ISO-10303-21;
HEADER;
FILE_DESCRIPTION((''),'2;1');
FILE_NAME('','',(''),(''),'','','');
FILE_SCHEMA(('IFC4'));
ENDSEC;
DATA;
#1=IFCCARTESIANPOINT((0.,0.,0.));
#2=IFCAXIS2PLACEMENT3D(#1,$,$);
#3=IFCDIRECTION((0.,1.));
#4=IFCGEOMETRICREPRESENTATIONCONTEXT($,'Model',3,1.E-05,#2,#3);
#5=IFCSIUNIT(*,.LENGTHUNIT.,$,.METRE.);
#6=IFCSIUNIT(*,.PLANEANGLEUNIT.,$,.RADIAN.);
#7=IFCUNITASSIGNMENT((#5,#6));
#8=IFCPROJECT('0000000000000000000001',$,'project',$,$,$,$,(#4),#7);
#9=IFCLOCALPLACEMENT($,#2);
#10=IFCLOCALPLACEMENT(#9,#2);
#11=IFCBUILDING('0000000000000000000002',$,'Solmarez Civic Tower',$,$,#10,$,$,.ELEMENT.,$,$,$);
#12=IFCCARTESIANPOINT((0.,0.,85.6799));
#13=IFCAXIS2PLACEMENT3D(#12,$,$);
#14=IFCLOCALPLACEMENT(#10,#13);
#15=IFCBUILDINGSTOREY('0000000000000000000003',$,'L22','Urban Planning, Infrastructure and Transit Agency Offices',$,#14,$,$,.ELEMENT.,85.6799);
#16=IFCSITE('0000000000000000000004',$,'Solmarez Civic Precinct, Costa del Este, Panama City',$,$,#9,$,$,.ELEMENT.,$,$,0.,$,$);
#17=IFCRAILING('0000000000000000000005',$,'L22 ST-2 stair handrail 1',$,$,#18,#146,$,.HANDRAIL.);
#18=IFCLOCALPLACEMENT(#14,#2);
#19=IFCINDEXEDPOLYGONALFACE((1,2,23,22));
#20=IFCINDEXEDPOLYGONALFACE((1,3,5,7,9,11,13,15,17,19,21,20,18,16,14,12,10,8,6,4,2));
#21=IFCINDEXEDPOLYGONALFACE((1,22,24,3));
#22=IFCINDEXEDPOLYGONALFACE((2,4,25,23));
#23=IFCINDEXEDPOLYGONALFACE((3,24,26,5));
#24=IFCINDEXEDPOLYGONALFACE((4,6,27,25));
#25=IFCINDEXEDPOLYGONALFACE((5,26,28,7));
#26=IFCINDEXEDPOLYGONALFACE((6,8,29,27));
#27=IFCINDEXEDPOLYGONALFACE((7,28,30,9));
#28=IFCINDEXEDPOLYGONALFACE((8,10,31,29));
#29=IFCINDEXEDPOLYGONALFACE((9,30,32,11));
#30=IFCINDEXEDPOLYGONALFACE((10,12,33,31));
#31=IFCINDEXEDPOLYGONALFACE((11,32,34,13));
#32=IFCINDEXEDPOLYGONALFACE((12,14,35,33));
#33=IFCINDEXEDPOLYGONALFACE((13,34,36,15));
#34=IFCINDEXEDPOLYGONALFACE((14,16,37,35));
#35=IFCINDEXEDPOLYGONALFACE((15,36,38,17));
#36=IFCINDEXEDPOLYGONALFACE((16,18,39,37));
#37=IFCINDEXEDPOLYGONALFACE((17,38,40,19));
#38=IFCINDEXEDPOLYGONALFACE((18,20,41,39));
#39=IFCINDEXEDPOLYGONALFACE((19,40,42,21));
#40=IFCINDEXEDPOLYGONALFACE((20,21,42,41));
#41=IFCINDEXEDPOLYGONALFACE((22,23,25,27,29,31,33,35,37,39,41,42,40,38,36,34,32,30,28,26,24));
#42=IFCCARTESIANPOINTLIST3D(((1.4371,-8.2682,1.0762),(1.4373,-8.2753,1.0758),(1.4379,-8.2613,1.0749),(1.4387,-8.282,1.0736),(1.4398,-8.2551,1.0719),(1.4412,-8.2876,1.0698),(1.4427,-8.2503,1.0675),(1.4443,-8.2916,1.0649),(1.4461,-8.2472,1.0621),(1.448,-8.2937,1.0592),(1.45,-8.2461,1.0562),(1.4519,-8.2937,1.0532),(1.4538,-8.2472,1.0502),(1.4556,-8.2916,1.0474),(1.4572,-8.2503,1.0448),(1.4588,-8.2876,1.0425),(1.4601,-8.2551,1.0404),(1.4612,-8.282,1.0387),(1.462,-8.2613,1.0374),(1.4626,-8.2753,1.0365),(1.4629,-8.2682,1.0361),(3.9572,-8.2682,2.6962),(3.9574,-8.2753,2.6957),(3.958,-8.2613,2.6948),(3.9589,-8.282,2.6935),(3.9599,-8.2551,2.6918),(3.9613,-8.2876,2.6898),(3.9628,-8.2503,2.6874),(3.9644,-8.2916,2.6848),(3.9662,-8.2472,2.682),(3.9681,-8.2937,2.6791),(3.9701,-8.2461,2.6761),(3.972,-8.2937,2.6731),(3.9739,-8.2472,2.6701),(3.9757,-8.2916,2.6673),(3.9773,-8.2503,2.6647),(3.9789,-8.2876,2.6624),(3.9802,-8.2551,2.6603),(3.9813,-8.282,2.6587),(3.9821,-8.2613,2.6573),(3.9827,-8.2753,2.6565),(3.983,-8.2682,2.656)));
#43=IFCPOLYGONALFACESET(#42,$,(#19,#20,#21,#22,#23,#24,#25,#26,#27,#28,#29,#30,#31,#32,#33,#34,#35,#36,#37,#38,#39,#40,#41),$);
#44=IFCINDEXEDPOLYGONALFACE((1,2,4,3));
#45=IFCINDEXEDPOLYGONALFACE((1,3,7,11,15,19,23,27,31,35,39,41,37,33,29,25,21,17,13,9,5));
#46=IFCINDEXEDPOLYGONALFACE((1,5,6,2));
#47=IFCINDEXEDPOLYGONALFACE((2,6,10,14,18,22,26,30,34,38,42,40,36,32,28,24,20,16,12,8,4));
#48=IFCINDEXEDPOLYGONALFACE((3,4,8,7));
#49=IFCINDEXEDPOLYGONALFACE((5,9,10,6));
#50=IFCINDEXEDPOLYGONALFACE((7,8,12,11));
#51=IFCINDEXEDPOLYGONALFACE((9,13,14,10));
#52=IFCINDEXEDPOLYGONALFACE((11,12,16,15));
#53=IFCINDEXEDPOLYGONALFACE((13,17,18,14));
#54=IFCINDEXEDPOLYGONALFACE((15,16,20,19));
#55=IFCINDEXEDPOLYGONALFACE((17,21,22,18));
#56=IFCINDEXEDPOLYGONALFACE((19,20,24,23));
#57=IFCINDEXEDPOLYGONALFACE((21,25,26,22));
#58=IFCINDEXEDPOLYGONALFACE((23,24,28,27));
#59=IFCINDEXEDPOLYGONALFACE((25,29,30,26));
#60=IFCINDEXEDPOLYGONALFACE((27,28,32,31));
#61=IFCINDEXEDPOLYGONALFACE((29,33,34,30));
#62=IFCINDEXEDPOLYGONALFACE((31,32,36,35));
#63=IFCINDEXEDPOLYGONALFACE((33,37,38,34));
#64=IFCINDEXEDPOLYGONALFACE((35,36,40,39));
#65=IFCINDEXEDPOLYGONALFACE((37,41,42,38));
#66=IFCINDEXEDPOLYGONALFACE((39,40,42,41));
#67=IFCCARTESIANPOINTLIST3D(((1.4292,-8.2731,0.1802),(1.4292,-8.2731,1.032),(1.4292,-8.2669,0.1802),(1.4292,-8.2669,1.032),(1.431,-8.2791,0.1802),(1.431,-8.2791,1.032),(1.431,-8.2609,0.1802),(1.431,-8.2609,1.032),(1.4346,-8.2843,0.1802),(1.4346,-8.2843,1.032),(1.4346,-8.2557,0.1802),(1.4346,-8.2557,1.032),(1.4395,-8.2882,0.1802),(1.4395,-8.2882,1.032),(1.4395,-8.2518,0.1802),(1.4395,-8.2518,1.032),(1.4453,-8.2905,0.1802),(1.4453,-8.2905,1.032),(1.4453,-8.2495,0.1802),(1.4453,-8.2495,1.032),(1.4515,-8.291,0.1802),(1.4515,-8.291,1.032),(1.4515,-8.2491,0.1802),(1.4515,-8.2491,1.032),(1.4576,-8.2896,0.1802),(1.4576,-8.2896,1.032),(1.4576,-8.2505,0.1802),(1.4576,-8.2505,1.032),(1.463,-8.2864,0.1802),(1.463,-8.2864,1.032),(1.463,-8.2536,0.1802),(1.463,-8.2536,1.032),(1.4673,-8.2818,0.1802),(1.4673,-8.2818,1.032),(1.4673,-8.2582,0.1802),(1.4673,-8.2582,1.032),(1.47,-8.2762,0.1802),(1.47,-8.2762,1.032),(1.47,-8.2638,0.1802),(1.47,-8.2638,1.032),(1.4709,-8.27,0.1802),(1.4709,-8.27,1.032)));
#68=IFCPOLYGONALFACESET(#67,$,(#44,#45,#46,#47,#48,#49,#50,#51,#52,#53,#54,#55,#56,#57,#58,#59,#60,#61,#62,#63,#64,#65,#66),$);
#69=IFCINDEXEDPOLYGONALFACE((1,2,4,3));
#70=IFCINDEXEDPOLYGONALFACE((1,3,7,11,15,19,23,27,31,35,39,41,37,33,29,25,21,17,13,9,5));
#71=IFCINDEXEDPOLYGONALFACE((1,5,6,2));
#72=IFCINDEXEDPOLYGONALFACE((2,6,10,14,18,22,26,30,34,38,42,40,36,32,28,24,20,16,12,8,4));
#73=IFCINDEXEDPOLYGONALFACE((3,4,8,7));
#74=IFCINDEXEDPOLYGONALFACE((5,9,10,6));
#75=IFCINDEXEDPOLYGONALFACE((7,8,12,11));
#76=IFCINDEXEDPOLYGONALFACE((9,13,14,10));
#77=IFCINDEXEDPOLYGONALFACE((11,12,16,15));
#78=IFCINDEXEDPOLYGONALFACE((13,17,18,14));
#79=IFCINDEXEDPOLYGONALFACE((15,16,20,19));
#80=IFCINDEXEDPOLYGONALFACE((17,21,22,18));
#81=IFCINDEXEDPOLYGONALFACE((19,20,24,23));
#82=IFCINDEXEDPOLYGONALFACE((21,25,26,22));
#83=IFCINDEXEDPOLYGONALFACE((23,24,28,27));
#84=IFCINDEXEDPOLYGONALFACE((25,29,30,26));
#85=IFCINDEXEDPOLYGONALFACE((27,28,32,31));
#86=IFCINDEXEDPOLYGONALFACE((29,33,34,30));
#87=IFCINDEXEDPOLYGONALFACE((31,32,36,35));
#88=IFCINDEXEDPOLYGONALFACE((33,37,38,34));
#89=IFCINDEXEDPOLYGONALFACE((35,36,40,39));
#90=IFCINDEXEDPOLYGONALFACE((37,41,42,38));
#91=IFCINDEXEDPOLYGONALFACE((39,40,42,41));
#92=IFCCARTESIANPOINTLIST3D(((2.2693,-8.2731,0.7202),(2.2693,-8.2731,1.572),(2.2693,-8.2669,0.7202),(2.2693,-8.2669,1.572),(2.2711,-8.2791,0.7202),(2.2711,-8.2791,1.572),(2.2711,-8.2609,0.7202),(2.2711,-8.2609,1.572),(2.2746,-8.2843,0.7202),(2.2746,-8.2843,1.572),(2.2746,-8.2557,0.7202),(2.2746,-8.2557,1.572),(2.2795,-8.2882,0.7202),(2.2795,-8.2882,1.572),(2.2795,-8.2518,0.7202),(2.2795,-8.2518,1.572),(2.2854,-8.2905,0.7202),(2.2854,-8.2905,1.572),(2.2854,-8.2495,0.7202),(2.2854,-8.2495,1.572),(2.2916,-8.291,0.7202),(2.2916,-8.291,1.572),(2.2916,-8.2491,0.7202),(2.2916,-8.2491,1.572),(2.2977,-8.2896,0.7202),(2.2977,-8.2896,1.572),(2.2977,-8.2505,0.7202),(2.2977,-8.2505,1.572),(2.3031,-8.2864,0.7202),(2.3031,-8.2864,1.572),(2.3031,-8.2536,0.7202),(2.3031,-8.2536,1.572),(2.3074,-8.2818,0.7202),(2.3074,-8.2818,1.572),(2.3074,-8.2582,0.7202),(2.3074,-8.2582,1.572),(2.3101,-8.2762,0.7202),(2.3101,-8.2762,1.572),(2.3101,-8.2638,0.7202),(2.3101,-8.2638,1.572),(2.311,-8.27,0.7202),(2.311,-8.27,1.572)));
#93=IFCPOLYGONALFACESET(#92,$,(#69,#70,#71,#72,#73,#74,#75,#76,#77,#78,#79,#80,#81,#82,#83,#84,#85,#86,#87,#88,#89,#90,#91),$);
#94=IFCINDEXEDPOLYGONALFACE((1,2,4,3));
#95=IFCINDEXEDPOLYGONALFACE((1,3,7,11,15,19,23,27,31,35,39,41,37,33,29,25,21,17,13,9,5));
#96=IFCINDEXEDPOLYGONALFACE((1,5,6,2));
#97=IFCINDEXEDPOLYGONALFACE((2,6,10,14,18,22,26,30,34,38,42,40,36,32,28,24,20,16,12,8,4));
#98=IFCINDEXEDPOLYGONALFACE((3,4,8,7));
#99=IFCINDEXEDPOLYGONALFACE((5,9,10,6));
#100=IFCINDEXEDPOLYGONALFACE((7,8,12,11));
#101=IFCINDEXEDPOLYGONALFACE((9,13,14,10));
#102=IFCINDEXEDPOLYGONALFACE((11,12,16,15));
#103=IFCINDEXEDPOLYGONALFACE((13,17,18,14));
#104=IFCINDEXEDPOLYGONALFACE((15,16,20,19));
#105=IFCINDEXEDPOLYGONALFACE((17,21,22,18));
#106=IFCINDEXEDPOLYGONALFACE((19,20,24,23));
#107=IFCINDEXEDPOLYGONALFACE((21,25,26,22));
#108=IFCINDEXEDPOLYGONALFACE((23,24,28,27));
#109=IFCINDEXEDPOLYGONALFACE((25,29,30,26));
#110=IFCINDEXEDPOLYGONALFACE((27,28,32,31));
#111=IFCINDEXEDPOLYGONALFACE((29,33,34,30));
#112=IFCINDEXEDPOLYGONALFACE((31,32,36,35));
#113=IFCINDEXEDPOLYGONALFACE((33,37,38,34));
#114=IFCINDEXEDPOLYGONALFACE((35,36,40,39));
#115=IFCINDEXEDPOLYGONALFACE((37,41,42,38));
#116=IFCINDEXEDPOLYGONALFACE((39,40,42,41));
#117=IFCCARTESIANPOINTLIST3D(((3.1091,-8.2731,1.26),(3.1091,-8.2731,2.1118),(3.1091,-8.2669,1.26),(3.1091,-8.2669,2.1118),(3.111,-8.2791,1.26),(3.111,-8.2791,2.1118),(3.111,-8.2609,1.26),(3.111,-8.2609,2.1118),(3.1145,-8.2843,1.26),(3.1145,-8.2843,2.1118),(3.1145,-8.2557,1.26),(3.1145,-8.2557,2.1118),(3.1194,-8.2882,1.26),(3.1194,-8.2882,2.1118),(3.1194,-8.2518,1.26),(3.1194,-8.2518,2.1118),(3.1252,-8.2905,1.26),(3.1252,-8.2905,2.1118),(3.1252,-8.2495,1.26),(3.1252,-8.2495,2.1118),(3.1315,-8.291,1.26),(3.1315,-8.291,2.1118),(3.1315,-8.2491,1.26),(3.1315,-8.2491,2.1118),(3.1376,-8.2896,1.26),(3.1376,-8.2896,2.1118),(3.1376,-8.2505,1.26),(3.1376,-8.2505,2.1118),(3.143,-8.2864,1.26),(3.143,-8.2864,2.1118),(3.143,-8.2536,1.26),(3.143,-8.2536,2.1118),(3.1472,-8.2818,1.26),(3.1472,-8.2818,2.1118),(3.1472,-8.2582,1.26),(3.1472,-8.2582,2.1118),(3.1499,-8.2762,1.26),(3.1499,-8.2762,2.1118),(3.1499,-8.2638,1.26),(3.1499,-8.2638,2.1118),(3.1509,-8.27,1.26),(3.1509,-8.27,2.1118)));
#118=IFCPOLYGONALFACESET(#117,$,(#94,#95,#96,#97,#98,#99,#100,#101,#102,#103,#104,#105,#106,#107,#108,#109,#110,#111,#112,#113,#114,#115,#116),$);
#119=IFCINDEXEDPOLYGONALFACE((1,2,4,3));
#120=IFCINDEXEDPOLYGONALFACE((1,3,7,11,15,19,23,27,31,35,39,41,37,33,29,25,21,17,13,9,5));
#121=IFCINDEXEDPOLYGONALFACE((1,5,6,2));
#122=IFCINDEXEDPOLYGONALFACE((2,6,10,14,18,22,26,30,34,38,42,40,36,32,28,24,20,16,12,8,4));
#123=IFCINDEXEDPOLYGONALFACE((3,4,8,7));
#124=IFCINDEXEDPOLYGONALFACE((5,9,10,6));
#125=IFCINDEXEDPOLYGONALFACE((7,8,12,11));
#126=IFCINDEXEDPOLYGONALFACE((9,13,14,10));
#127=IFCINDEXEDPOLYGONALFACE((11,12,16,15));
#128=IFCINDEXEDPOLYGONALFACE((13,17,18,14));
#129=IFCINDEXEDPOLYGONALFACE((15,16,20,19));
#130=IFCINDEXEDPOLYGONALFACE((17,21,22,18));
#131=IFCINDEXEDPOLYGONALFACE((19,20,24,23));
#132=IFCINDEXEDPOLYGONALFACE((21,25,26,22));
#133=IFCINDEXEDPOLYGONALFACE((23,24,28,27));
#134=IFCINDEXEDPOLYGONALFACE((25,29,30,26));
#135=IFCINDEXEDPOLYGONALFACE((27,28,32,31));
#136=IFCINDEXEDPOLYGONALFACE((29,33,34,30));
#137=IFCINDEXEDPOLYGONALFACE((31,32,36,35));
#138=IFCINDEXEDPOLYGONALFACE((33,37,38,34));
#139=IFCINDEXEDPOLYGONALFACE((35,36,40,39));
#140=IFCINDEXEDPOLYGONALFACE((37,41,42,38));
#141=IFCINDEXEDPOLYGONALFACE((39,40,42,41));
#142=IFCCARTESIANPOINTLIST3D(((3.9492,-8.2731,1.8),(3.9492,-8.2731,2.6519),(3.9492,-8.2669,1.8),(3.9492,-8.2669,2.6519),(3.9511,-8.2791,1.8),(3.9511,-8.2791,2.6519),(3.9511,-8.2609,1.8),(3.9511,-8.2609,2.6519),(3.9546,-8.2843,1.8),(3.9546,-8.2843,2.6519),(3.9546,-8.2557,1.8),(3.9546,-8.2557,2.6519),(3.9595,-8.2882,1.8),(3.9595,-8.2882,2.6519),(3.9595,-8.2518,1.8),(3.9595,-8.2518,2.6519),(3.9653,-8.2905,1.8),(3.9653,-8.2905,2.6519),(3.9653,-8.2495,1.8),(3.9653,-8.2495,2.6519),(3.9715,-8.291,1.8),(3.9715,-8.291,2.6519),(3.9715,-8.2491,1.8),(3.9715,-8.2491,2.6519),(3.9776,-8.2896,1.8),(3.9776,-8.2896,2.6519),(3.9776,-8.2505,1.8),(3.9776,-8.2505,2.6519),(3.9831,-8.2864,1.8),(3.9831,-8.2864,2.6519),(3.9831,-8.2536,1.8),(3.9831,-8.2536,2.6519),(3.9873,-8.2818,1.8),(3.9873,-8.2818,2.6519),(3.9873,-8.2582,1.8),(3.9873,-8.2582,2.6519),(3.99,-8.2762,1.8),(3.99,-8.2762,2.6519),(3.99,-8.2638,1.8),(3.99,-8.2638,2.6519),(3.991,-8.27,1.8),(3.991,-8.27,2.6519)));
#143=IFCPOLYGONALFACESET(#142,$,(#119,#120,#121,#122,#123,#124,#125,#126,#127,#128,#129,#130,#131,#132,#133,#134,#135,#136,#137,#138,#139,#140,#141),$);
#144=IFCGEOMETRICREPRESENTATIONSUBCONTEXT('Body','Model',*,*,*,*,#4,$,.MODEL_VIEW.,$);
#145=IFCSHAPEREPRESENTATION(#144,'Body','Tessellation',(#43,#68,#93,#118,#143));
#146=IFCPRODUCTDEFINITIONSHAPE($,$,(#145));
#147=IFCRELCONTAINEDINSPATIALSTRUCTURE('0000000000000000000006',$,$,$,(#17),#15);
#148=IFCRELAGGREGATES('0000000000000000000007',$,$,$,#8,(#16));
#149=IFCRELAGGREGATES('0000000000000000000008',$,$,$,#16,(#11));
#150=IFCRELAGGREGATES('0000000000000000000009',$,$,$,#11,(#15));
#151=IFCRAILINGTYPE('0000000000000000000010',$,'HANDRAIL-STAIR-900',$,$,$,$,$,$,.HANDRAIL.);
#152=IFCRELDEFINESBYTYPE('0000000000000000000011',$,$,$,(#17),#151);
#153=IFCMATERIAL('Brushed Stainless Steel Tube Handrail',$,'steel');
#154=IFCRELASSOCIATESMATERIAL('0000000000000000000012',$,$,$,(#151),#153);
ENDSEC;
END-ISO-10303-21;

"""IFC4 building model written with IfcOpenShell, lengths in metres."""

from ifc_helpers import new_model, si_unit, direction, frame, origin, origin_2d, place, context, subcontext, project, spatial, circle, extrude, material, type_object, element, save


model = new_model("IFC4")

# Units and contexts
model_context = context("Model", 3, precision=1e-05, world=origin(), true_north=direction((0.0, 1.0)))
body_context = subcontext(model_context, "Body", "Model", "MODEL_VIEW")
ifc_project = project(units=[si_unit("LENGTHUNIT", "METRE"), si_unit("PLANEANGLEUNIT", "RADIAN")], contexts=[model_context])

# Site, building, storey
site_placement = place(None, origin())
site = spatial("IfcSite", under=ifc_project, at=site_placement, Name="Solmarez Civic Precinct, Costa del Este, Panama City", CompositionType="ELEMENT", RefElevation=0.0)
building_placement = place(site_placement, origin())
building = spatial("IfcBuilding", under=site, at=building_placement, Name="Solmarez Civic Tower", CompositionType="ELEMENT")
storey_placement = place(building_placement, frame((0.0, 0.0, 85.6799)))
storey = spatial("IfcBuildingStorey", under=building, at=storey_placement, Name="L22", Description="Urban Planning, Infrastructure and Transit Agency Offices", CompositionType="ELEMENT", Elevation=85.6799)

# Railing
ifc_material_1 = material(Name="Brushed Stainless Steel Tube Handrail", Category="steel")
railing_type_1 = type_object("IfcRailingType", Name="HANDRAIL-STAIR-900", PredefinedType="HANDRAIL", material=ifc_material_1)
railing_1_placement = place(storey_placement, frame((1.45, -8.27, 0.1802)))
element("IfcRailing", 1, at=railing_1_placement, inside=storey, type_object=railing_type_1, Name="L22 ST-2 stair handrail 1", PredefinedType="HANDRAIL", context=body_context, shape_type="SweptSolid", body=[
    extrude(circle(Radius=0.0239, at=origin_2d()), frame((0.0, 0.0, 0.876), z_axis=(0.8412, 0.0, 0.540725), x_axis=(0.0, 1.0, 0.0)), (0.0, 0.0, 1.0), 2.9958),
    extrude(circle(Radius=0.021, at=origin_2d()), origin(), (0.0, 0.0, 1.0), 0.8518),
    extrude(circle(Radius=0.021, at=origin_2d()), frame((0.8401, 0.0, 0.54)), (0.0, 0.0, 1.0), 0.8518),
    extrude(circle(Radius=0.021, at=origin_2d()), frame((1.6799, 0.0, 1.0798)), (0.0, 0.0, 1.0), 0.8518),
    extrude(circle(Radius=0.021, at=origin_2d()), frame((2.52, 0.0, 1.6199)), (0.0, 0.0, 1.0), 0.8518),
])

save(model, "model.ifc")
